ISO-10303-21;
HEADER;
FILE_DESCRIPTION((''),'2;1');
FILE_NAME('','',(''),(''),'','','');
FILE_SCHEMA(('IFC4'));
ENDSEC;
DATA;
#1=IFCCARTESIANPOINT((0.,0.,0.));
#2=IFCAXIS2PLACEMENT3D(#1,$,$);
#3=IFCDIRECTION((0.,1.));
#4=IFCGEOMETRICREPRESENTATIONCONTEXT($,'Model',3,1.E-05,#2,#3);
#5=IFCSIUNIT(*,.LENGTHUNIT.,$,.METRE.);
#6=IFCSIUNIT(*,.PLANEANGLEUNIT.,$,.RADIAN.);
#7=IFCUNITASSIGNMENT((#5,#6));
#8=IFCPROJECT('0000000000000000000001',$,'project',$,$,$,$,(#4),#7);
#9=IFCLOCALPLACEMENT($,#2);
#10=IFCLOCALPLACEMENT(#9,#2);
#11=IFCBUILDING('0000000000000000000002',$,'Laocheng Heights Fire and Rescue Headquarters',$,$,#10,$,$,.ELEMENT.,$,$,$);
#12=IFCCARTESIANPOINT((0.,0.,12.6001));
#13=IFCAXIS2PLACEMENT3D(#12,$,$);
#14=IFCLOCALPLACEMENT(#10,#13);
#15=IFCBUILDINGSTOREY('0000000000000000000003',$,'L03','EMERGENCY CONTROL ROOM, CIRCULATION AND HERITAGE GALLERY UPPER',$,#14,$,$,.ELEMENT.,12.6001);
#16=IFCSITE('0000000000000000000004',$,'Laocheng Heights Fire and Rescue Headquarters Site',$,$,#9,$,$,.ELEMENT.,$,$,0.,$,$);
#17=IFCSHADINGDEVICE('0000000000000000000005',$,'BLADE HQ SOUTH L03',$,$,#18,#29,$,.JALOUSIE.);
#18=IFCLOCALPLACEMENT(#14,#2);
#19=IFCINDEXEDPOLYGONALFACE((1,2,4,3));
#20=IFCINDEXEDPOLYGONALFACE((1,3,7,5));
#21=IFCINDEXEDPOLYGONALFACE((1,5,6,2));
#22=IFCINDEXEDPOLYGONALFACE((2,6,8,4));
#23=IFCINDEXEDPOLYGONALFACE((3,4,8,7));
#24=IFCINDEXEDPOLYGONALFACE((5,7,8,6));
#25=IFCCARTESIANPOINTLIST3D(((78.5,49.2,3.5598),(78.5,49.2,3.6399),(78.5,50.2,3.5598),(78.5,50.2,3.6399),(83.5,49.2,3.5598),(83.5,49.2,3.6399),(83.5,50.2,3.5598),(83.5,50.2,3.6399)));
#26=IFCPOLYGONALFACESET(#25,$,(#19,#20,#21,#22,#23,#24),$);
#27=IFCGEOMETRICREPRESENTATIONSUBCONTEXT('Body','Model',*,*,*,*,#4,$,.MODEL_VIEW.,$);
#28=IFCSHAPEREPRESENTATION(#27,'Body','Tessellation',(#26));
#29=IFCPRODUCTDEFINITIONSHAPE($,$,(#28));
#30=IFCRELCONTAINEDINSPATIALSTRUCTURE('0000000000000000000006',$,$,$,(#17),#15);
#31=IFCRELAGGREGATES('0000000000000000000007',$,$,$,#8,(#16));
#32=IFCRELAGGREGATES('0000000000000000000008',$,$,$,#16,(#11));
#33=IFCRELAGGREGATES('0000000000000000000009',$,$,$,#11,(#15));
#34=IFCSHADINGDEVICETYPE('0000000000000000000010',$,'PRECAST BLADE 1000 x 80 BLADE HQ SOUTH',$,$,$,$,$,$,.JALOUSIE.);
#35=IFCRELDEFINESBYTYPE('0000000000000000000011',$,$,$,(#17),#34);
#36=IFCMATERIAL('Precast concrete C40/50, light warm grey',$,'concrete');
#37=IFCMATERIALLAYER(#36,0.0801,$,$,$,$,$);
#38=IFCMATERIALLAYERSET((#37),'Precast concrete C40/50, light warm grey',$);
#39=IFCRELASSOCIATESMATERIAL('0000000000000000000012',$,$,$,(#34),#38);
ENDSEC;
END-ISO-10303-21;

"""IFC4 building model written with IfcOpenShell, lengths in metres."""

from ifc_helpers import new_model, si_unit, direction, frame, origin, origin_2d, place, context, subcontext, project, spatial, rectangle, extrude, material, layer, layer_set, type_object, element, save


model = new_model("IFC4")

# Units and contexts
model_context = context("Model", 3, precision=1e-05, world=origin(), true_north=direction((0.0, 1.0)))
body_context = subcontext(model_context, "Body", "Model", "MODEL_VIEW")
ifc_project = project(units=[si_unit("LENGTHUNIT", "METRE"), si_unit("PLANEANGLEUNIT", "RADIAN")], contexts=[model_context])

# Site, building, storey
site_placement = place(None, origin())
site = spatial("IfcSite", under=ifc_project, at=site_placement, Name="Laocheng Heights Fire and Rescue Headquarters Site", CompositionType="ELEMENT", RefElevation=0.0)
building_placement = place(site_placement, origin())
building = spatial("IfcBuilding", under=site, at=building_placement, Name="Laocheng Heights Fire and Rescue Headquarters", CompositionType="ELEMENT")
storey_placement = place(building_placement, frame((0.0, 0.0, 12.6001)))
storey = spatial("IfcBuildingStorey", under=building, at=storey_placement, Name="L03", Description="EMERGENCY CONTROL ROOM, CIRCULATION AND HERITAGE GALLERY UPPER", CompositionType="ELEMENT", Elevation=12.6001)

# Shading device
ifc_material_1 = material(Name="Precast concrete C40/50, light warm grey", Category="concrete")
ifc_layer_1 = layer(ifc_material_1, 0.0801)
ifc_layer_set_1 = layer_set([ifc_layer_1], Name="Precast concrete C40/50, light warm grey")
shading_device_type = type_object("IfcShadingDeviceType", Name="PRECAST BLADE 1000 x 80 BLADE HQ SOUTH", PredefinedType="JALOUSIE", material=ifc_layer_set_1)
for number, where, z_axis, x_axis, name in (
    (1, (81.0, 49.7, 3.5598), (0.0, 0.0, 1.0), (1.0, 0.0, 0.0), "BLADE HQ SOUTH L03"),
):
    element("IfcShadingDevice", number, at=place(storey_placement, frame(where, z_axis=z_axis, x_axis=x_axis)), inside=storey, type_object=shading_device_type, Name=name, PredefinedType="JALOUSIE", context=body_context, shape_type="SweptSolid", body=[
        extrude(rectangle(XDim=5.0, YDim=1.0, at=origin_2d()), origin(), (0.0, 0.0, 1.0), 0.0801),
    ])

save(model, "model.ifc")
